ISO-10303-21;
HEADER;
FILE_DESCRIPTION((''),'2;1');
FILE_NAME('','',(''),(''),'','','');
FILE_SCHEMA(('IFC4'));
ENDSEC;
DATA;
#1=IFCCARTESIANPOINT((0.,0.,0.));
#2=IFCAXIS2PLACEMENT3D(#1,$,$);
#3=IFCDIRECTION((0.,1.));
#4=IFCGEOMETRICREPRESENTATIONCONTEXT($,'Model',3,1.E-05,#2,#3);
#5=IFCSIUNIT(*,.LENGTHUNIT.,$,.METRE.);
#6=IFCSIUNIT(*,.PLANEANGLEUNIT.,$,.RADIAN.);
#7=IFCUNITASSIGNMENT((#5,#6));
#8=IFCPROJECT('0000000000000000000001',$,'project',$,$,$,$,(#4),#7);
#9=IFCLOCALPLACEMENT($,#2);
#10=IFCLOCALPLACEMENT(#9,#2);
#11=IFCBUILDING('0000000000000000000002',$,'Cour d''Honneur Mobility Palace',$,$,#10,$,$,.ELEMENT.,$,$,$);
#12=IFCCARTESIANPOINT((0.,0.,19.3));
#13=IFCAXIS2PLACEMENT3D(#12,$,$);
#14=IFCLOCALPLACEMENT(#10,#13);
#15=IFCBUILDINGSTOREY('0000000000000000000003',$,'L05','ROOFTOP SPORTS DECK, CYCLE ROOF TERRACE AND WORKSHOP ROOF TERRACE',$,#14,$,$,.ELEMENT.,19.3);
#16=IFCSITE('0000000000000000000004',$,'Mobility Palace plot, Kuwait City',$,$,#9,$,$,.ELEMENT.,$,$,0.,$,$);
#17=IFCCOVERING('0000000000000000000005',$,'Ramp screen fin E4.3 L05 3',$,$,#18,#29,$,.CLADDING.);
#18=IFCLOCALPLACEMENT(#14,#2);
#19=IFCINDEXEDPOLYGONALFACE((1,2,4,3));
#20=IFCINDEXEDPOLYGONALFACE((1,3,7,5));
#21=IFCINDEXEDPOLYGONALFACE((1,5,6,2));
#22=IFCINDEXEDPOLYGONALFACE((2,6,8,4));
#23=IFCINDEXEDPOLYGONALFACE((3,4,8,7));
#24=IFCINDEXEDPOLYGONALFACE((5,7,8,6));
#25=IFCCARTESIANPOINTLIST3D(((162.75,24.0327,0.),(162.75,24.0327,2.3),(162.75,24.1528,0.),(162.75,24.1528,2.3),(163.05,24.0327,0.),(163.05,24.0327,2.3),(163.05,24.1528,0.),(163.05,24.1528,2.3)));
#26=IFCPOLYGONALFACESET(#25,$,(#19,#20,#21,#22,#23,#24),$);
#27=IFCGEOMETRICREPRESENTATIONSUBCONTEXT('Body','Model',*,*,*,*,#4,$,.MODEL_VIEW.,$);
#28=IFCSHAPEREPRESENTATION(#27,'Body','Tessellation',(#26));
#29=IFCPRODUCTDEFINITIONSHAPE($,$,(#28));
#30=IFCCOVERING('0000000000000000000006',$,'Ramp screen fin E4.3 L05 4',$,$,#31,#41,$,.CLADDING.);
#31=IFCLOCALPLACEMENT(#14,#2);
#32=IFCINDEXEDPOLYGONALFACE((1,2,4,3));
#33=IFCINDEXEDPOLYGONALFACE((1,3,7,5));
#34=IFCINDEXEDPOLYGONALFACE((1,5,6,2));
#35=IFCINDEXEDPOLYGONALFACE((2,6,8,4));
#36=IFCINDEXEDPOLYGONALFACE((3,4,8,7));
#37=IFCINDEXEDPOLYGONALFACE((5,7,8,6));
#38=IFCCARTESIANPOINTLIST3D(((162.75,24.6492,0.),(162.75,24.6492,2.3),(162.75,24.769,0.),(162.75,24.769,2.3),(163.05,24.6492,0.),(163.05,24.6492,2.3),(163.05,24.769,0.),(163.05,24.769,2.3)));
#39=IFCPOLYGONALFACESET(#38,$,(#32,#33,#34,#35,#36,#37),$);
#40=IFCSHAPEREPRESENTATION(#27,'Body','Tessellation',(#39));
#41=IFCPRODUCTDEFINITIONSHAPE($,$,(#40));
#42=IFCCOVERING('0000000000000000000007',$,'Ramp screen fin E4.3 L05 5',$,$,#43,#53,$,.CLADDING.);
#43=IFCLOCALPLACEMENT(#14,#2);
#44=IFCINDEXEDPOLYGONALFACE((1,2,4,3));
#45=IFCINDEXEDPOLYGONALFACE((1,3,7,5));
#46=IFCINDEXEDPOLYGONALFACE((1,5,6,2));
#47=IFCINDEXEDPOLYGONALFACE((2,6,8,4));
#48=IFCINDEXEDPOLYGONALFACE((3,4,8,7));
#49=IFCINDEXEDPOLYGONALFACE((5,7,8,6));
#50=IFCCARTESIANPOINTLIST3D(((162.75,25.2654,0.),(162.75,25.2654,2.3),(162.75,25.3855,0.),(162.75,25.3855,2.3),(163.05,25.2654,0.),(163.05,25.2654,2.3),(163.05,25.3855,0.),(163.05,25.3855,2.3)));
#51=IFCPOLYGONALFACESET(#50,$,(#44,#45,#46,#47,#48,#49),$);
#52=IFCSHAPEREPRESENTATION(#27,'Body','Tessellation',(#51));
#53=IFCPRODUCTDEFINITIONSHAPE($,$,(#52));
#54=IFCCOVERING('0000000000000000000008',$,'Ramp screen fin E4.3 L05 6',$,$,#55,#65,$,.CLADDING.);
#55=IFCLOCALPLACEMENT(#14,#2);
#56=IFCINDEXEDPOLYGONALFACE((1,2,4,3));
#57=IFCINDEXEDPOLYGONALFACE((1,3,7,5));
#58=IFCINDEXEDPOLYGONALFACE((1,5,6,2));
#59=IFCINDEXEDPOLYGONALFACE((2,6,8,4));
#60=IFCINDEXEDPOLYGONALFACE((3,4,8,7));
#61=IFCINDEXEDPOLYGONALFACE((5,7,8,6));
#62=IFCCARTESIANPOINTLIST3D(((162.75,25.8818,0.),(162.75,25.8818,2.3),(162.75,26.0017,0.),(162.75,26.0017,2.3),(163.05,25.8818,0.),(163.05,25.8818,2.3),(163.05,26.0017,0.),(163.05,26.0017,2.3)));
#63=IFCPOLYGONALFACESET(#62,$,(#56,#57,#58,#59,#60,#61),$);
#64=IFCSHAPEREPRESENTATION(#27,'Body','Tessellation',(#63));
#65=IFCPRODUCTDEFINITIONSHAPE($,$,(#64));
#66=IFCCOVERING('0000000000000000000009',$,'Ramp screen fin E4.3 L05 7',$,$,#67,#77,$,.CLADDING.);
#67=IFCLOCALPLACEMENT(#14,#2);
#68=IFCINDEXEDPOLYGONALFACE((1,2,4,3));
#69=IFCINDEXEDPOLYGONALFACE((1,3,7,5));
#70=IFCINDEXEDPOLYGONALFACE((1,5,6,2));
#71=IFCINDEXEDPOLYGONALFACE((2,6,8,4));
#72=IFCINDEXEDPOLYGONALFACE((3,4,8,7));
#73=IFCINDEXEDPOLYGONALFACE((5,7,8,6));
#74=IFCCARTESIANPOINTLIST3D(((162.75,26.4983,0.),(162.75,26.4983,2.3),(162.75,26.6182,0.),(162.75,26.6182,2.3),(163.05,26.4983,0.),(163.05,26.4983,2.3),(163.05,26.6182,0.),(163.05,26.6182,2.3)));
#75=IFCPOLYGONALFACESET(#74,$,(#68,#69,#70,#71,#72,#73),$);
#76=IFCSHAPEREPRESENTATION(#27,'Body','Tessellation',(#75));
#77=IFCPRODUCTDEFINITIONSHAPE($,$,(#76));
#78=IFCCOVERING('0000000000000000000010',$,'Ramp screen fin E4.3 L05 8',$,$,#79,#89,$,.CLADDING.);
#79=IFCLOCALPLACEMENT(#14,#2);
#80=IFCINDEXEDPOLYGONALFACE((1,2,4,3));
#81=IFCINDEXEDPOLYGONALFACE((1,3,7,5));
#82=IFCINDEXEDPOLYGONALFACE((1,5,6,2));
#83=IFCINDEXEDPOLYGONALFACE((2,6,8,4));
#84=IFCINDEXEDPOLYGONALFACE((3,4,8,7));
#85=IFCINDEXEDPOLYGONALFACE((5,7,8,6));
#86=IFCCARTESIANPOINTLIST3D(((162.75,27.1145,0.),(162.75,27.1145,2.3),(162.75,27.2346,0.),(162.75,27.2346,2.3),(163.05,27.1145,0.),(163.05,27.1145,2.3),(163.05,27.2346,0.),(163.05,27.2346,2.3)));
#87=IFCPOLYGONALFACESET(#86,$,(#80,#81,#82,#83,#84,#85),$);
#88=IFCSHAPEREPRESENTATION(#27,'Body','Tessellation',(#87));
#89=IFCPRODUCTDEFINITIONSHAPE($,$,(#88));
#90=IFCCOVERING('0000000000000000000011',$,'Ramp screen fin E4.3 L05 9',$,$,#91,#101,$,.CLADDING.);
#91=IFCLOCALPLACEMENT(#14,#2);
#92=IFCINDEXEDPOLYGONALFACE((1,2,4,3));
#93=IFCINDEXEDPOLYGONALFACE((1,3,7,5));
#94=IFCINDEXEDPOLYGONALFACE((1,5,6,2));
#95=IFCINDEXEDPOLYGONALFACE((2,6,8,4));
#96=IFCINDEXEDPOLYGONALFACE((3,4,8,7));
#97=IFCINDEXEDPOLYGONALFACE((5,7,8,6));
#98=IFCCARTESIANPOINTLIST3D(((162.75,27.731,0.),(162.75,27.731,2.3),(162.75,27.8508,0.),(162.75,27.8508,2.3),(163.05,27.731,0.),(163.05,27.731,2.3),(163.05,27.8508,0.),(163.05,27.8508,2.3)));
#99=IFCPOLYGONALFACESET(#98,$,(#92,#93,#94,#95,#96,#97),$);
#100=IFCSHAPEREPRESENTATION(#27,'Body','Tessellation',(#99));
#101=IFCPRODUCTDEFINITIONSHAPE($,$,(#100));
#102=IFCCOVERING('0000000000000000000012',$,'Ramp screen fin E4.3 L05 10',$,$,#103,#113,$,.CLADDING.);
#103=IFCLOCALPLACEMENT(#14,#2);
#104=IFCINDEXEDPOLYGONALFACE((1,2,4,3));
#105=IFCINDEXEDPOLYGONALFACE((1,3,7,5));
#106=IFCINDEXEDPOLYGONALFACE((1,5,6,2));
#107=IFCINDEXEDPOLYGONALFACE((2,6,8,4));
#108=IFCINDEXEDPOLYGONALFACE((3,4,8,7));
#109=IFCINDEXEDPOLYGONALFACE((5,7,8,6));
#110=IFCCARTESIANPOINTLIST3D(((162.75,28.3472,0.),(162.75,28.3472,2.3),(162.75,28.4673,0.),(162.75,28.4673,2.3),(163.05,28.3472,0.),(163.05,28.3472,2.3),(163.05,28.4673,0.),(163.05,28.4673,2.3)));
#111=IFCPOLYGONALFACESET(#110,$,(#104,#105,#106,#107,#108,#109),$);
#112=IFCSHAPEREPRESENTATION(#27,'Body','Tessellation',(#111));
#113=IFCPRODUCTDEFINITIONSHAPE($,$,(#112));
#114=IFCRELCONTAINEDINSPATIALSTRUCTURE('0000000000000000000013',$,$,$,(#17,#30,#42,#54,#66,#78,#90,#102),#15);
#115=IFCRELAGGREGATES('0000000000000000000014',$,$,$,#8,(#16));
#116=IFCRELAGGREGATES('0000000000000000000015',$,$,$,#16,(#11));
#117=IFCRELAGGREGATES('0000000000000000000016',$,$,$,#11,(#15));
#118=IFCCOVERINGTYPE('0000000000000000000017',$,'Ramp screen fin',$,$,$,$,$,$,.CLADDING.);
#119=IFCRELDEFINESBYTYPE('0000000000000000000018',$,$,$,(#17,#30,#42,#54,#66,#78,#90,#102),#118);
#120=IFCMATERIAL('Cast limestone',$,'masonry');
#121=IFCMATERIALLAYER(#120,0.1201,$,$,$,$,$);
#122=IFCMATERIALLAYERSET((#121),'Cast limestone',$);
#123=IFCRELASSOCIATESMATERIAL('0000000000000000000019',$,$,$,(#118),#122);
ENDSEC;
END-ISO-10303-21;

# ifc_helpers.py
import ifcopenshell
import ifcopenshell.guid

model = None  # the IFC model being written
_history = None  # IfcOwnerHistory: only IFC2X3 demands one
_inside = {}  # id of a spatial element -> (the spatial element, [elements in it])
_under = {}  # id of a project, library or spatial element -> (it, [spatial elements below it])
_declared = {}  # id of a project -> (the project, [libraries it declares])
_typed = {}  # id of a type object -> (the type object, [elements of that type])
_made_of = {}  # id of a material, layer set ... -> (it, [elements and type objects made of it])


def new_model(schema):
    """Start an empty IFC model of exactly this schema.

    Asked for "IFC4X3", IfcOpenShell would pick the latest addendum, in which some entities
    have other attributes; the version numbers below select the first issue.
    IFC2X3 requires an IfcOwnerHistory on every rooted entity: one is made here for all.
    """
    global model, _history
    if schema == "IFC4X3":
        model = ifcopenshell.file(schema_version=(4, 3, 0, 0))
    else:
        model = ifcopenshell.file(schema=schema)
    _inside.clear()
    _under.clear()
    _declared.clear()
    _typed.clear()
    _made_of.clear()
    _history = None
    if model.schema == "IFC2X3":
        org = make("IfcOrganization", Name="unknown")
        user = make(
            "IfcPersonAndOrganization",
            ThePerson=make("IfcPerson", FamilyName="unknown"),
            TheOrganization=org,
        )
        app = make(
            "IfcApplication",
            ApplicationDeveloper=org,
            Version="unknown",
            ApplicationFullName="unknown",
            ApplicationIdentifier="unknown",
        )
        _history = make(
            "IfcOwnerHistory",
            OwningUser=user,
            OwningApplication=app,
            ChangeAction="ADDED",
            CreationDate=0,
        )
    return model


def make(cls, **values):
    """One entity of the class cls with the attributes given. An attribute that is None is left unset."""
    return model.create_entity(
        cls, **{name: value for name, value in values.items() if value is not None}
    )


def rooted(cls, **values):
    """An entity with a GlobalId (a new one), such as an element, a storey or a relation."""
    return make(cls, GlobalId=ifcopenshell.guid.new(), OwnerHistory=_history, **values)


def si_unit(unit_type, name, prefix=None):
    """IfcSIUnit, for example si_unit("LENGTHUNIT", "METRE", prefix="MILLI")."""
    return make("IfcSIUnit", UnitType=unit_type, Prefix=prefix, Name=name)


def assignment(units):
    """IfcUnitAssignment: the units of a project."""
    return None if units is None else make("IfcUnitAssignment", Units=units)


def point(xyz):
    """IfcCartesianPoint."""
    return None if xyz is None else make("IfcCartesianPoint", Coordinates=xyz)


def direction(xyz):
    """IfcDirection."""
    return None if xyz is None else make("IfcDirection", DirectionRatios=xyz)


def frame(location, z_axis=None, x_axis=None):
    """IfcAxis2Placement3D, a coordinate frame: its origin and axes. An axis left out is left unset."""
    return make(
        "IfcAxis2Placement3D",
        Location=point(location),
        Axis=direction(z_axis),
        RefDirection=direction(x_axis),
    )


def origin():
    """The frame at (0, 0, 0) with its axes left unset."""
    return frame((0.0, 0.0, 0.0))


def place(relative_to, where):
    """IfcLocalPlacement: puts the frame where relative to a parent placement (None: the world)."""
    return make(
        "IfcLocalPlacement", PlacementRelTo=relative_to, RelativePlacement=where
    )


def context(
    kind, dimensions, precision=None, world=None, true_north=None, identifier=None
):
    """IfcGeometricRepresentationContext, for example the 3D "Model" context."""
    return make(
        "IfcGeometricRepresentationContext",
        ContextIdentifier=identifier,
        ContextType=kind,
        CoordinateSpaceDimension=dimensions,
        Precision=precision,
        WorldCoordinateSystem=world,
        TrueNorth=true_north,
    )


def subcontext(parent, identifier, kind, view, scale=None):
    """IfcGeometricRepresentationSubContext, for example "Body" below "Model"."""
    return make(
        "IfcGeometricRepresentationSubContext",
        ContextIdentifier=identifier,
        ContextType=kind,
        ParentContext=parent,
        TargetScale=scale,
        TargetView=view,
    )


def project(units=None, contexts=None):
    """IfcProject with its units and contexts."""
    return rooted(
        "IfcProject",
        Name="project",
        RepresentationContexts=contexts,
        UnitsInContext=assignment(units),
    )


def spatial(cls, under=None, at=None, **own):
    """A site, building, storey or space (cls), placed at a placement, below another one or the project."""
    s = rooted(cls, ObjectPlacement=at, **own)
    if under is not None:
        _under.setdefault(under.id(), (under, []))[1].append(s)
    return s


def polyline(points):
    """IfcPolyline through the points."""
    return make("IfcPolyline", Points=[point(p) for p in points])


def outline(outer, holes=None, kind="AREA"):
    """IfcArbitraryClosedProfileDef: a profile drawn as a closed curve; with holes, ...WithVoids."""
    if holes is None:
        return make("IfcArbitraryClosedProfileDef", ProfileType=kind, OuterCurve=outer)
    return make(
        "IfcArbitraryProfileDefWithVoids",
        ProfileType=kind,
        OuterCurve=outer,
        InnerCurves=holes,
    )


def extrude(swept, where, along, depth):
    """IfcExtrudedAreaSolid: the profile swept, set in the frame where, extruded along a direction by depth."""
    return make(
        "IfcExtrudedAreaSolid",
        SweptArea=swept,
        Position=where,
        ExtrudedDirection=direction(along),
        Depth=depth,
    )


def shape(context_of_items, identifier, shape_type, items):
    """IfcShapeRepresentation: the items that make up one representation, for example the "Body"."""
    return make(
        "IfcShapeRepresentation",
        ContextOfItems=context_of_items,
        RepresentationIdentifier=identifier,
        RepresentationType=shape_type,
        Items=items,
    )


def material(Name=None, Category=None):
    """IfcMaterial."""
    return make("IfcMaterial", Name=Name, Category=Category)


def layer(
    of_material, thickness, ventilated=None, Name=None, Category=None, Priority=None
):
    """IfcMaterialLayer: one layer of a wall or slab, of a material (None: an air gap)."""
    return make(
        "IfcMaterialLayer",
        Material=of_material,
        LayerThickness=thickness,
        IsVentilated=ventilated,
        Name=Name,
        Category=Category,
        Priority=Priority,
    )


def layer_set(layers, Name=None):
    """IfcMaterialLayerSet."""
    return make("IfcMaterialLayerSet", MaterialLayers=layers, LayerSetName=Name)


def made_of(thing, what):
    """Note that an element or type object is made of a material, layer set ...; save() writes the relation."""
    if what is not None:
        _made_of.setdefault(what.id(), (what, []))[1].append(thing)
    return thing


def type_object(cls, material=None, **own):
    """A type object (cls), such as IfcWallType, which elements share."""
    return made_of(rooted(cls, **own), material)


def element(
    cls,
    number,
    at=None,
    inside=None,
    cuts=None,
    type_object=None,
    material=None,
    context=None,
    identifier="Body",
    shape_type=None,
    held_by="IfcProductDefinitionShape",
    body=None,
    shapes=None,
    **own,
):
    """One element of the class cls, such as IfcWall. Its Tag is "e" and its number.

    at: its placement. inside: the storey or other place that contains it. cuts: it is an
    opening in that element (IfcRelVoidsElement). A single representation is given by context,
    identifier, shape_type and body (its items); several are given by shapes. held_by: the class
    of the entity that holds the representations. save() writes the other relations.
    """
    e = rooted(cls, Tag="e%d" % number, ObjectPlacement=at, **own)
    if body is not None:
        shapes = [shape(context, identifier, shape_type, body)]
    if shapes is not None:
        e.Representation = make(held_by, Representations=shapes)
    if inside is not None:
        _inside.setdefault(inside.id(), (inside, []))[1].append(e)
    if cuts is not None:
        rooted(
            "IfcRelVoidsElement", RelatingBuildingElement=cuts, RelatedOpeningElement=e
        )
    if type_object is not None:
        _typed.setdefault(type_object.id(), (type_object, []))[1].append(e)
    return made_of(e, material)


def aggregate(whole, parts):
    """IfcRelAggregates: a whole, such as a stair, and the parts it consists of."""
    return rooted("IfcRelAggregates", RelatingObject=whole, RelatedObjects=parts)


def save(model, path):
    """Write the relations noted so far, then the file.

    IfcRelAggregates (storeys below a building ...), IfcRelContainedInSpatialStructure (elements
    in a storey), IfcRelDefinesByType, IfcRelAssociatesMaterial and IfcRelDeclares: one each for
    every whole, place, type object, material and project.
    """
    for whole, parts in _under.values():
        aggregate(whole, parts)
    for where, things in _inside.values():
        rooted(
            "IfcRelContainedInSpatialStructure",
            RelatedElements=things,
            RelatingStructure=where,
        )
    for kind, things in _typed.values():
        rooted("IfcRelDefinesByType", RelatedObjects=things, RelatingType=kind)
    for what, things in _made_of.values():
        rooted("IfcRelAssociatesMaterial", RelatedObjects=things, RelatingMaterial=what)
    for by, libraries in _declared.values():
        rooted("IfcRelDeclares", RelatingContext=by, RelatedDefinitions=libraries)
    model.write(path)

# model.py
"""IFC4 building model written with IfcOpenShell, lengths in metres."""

from ifc_helpers import new_model, si_unit, direction, frame, origin, place, context, subcontext, project, spatial, polyline, outline, extrude, material, layer, layer_set, type_object, element, save


model = new_model("IFC4")

# Units and contexts
model_context = context("Model", 3, precision=1e-05, world=origin(), true_north=direction((0.0, 1.0)))
body_context = subcontext(model_context, "Body", "Model", "MODEL_VIEW")
ifc_project = project(units=[si_unit("LENGTHUNIT", "METRE"), si_unit("PLANEANGLEUNIT", "RADIAN")], contexts=[model_context])

# Site, building, storey
site_placement = place(None, origin())
site = spatial("IfcSite", under=ifc_project, at=site_placement, Name="Mobility Palace plot, Kuwait City", CompositionType="ELEMENT", RefElevation=0.0)
building_placement = place(site_placement, origin())
building = spatial("IfcBuilding", under=site, at=building_placement, Name="Cour d'Honneur Mobility Palace", CompositionType="ELEMENT")
storey_placement = place(building_placement, frame((0.0, 0.0, 19.3)))
storey = spatial("IfcBuildingStorey", under=building, at=storey_placement, Name="L05", Description="ROOFTOP SPORTS DECK, CYCLE ROOF TERRACE AND WORKSHOP ROOF TERRACE", CompositionType="ELEMENT", Elevation=19.3)

# Coverings
ifc_material = material(Name="Cast limestone", Category="masonry")
ifc_layer = layer(ifc_material, 0.1201)
ifc_layer_set = layer_set([ifc_layer], Name="Cast limestone")
covering_type = type_object("IfcCoveringType", Name="Ramp screen fin", PredefinedType="CLADDING", material=ifc_layer_set)
covering_1_placement = place(storey_placement, origin())
element("IfcCovering", 1, at=covering_1_placement, inside=storey, type_object=covering_type, Name="Ramp screen fin E4.3 L05 3", PredefinedType="CLADDING", context=body_context, shape_type="SweptSolid", body=[
    extrude(outline(polyline([(162.75, 24.0327), (162.75, 24.1528), (163.05, 24.1528), (163.05, 24.0327), (162.75, 24.0327)])), origin(), (0.0, 0.0, 1.0), 2.3),
])
covering_2_placement = place(storey_placement, origin())
element("IfcCovering", 2, at=covering_2_placement, inside=storey, type_object=covering_type, Name="Ramp screen fin E4.3 L05 4", PredefinedType="CLADDING", context=body_context, shape_type="SweptSolid", body=[
    extrude(outline(polyline([(162.75, 24.6492), (162.75, 24.769), (163.05, 24.769), (163.05, 24.6492), (162.75, 24.6492)])), origin(), (0.0, 0.0, 1.0), 2.3),
])
covering_3_placement = place(storey_placement, origin())
element("IfcCovering", 3, at=covering_3_placement, inside=storey, type_object=covering_type, Name="Ramp screen fin E4.3 L05 5", PredefinedType="CLADDING", context=body_context, shape_type="SweptSolid", body=[
    extrude(outline(polyline([(162.75, 25.2654), (162.75, 25.3855), (163.05, 25.3855), (163.05, 25.2654), (162.75, 25.2654)])), origin(), (0.0, 0.0, 1.0), 2.3),
])
covering_4_placement = place(storey_placement, origin())
element("IfcCovering", 4, at=covering_4_placement, inside=storey, type_object=covering_type, Name="Ramp screen fin E4.3 L05 6", PredefinedType="CLADDING", context=body_context, shape_type="SweptSolid", body=[
    extrude(outline(polyline([(162.75, 25.8818), (162.75, 26.0017), (163.05, 26.0017), (163.05, 25.8818), (162.75, 25.8818)])), origin(), (0.0, 0.0, 1.0), 2.3),
])
covering_5_placement = place(storey_placement, origin())
element("IfcCovering", 5, at=covering_5_placement, inside=storey, type_object=covering_type, Name="Ramp screen fin E4.3 L05 7", PredefinedType="CLADDING", context=body_context, shape_type="SweptSolid", body=[
    extrude(outline(polyline([(162.75, 26.4983), (162.75, 26.6182), (163.05, 26.6182), (163.05, 26.4983), (162.75, 26.4983)])), origin(), (0.0, 0.0, 1.0), 2.3),
])
covering_6_placement = place(storey_placement, origin())
element("IfcCovering", 6, at=covering_6_placement, inside=storey, type_object=covering_type, Name="Ramp screen fin E4.3 L05 8", PredefinedType="CLADDING", context=body_context, shape_type="SweptSolid", body=[
    extrude(outline(polyline([(162.75, 27.1145), (162.75, 27.2346), (163.05, 27.2346), (163.05, 27.1145), (162.75, 27.1145)])), origin(), (0.0, 0.0, 1.0), 2.3),
])
covering_7_placement = place(storey_placement, origin())
element("IfcCovering", 7, at=covering_7_placement, inside=storey, type_object=covering_type, Name="Ramp screen fin E4.3 L05 9", PredefinedType="CLADDING", context=body_context, shape_type="SweptSolid", body=[
    extrude(outline(polyline([(162.75, 27.731), (162.75, 27.8508), (163.05, 27.8508), (163.05, 27.731), (162.75, 27.731)])), origin(), (0.0, 0.0, 1.0), 2.3),
])
covering_8_placement = place(storey_placement, origin())
element("IfcCovering", 8, at=covering_8_placement, inside=storey, type_object=covering_type, Name="Ramp screen fin E4.3 L05 10", PredefinedType="CLADDING", context=body_context, shape_type="SweptSolid", body=[
    extrude(outline(polyline([(162.75, 28.3472), (162.75, 28.4673), (163.05, 28.4673), (163.05, 28.3472), (162.75, 28.3472)])), origin(), (0.0, 0.0, 1.0), 2.3),
])

save(model, "model.ifc")
